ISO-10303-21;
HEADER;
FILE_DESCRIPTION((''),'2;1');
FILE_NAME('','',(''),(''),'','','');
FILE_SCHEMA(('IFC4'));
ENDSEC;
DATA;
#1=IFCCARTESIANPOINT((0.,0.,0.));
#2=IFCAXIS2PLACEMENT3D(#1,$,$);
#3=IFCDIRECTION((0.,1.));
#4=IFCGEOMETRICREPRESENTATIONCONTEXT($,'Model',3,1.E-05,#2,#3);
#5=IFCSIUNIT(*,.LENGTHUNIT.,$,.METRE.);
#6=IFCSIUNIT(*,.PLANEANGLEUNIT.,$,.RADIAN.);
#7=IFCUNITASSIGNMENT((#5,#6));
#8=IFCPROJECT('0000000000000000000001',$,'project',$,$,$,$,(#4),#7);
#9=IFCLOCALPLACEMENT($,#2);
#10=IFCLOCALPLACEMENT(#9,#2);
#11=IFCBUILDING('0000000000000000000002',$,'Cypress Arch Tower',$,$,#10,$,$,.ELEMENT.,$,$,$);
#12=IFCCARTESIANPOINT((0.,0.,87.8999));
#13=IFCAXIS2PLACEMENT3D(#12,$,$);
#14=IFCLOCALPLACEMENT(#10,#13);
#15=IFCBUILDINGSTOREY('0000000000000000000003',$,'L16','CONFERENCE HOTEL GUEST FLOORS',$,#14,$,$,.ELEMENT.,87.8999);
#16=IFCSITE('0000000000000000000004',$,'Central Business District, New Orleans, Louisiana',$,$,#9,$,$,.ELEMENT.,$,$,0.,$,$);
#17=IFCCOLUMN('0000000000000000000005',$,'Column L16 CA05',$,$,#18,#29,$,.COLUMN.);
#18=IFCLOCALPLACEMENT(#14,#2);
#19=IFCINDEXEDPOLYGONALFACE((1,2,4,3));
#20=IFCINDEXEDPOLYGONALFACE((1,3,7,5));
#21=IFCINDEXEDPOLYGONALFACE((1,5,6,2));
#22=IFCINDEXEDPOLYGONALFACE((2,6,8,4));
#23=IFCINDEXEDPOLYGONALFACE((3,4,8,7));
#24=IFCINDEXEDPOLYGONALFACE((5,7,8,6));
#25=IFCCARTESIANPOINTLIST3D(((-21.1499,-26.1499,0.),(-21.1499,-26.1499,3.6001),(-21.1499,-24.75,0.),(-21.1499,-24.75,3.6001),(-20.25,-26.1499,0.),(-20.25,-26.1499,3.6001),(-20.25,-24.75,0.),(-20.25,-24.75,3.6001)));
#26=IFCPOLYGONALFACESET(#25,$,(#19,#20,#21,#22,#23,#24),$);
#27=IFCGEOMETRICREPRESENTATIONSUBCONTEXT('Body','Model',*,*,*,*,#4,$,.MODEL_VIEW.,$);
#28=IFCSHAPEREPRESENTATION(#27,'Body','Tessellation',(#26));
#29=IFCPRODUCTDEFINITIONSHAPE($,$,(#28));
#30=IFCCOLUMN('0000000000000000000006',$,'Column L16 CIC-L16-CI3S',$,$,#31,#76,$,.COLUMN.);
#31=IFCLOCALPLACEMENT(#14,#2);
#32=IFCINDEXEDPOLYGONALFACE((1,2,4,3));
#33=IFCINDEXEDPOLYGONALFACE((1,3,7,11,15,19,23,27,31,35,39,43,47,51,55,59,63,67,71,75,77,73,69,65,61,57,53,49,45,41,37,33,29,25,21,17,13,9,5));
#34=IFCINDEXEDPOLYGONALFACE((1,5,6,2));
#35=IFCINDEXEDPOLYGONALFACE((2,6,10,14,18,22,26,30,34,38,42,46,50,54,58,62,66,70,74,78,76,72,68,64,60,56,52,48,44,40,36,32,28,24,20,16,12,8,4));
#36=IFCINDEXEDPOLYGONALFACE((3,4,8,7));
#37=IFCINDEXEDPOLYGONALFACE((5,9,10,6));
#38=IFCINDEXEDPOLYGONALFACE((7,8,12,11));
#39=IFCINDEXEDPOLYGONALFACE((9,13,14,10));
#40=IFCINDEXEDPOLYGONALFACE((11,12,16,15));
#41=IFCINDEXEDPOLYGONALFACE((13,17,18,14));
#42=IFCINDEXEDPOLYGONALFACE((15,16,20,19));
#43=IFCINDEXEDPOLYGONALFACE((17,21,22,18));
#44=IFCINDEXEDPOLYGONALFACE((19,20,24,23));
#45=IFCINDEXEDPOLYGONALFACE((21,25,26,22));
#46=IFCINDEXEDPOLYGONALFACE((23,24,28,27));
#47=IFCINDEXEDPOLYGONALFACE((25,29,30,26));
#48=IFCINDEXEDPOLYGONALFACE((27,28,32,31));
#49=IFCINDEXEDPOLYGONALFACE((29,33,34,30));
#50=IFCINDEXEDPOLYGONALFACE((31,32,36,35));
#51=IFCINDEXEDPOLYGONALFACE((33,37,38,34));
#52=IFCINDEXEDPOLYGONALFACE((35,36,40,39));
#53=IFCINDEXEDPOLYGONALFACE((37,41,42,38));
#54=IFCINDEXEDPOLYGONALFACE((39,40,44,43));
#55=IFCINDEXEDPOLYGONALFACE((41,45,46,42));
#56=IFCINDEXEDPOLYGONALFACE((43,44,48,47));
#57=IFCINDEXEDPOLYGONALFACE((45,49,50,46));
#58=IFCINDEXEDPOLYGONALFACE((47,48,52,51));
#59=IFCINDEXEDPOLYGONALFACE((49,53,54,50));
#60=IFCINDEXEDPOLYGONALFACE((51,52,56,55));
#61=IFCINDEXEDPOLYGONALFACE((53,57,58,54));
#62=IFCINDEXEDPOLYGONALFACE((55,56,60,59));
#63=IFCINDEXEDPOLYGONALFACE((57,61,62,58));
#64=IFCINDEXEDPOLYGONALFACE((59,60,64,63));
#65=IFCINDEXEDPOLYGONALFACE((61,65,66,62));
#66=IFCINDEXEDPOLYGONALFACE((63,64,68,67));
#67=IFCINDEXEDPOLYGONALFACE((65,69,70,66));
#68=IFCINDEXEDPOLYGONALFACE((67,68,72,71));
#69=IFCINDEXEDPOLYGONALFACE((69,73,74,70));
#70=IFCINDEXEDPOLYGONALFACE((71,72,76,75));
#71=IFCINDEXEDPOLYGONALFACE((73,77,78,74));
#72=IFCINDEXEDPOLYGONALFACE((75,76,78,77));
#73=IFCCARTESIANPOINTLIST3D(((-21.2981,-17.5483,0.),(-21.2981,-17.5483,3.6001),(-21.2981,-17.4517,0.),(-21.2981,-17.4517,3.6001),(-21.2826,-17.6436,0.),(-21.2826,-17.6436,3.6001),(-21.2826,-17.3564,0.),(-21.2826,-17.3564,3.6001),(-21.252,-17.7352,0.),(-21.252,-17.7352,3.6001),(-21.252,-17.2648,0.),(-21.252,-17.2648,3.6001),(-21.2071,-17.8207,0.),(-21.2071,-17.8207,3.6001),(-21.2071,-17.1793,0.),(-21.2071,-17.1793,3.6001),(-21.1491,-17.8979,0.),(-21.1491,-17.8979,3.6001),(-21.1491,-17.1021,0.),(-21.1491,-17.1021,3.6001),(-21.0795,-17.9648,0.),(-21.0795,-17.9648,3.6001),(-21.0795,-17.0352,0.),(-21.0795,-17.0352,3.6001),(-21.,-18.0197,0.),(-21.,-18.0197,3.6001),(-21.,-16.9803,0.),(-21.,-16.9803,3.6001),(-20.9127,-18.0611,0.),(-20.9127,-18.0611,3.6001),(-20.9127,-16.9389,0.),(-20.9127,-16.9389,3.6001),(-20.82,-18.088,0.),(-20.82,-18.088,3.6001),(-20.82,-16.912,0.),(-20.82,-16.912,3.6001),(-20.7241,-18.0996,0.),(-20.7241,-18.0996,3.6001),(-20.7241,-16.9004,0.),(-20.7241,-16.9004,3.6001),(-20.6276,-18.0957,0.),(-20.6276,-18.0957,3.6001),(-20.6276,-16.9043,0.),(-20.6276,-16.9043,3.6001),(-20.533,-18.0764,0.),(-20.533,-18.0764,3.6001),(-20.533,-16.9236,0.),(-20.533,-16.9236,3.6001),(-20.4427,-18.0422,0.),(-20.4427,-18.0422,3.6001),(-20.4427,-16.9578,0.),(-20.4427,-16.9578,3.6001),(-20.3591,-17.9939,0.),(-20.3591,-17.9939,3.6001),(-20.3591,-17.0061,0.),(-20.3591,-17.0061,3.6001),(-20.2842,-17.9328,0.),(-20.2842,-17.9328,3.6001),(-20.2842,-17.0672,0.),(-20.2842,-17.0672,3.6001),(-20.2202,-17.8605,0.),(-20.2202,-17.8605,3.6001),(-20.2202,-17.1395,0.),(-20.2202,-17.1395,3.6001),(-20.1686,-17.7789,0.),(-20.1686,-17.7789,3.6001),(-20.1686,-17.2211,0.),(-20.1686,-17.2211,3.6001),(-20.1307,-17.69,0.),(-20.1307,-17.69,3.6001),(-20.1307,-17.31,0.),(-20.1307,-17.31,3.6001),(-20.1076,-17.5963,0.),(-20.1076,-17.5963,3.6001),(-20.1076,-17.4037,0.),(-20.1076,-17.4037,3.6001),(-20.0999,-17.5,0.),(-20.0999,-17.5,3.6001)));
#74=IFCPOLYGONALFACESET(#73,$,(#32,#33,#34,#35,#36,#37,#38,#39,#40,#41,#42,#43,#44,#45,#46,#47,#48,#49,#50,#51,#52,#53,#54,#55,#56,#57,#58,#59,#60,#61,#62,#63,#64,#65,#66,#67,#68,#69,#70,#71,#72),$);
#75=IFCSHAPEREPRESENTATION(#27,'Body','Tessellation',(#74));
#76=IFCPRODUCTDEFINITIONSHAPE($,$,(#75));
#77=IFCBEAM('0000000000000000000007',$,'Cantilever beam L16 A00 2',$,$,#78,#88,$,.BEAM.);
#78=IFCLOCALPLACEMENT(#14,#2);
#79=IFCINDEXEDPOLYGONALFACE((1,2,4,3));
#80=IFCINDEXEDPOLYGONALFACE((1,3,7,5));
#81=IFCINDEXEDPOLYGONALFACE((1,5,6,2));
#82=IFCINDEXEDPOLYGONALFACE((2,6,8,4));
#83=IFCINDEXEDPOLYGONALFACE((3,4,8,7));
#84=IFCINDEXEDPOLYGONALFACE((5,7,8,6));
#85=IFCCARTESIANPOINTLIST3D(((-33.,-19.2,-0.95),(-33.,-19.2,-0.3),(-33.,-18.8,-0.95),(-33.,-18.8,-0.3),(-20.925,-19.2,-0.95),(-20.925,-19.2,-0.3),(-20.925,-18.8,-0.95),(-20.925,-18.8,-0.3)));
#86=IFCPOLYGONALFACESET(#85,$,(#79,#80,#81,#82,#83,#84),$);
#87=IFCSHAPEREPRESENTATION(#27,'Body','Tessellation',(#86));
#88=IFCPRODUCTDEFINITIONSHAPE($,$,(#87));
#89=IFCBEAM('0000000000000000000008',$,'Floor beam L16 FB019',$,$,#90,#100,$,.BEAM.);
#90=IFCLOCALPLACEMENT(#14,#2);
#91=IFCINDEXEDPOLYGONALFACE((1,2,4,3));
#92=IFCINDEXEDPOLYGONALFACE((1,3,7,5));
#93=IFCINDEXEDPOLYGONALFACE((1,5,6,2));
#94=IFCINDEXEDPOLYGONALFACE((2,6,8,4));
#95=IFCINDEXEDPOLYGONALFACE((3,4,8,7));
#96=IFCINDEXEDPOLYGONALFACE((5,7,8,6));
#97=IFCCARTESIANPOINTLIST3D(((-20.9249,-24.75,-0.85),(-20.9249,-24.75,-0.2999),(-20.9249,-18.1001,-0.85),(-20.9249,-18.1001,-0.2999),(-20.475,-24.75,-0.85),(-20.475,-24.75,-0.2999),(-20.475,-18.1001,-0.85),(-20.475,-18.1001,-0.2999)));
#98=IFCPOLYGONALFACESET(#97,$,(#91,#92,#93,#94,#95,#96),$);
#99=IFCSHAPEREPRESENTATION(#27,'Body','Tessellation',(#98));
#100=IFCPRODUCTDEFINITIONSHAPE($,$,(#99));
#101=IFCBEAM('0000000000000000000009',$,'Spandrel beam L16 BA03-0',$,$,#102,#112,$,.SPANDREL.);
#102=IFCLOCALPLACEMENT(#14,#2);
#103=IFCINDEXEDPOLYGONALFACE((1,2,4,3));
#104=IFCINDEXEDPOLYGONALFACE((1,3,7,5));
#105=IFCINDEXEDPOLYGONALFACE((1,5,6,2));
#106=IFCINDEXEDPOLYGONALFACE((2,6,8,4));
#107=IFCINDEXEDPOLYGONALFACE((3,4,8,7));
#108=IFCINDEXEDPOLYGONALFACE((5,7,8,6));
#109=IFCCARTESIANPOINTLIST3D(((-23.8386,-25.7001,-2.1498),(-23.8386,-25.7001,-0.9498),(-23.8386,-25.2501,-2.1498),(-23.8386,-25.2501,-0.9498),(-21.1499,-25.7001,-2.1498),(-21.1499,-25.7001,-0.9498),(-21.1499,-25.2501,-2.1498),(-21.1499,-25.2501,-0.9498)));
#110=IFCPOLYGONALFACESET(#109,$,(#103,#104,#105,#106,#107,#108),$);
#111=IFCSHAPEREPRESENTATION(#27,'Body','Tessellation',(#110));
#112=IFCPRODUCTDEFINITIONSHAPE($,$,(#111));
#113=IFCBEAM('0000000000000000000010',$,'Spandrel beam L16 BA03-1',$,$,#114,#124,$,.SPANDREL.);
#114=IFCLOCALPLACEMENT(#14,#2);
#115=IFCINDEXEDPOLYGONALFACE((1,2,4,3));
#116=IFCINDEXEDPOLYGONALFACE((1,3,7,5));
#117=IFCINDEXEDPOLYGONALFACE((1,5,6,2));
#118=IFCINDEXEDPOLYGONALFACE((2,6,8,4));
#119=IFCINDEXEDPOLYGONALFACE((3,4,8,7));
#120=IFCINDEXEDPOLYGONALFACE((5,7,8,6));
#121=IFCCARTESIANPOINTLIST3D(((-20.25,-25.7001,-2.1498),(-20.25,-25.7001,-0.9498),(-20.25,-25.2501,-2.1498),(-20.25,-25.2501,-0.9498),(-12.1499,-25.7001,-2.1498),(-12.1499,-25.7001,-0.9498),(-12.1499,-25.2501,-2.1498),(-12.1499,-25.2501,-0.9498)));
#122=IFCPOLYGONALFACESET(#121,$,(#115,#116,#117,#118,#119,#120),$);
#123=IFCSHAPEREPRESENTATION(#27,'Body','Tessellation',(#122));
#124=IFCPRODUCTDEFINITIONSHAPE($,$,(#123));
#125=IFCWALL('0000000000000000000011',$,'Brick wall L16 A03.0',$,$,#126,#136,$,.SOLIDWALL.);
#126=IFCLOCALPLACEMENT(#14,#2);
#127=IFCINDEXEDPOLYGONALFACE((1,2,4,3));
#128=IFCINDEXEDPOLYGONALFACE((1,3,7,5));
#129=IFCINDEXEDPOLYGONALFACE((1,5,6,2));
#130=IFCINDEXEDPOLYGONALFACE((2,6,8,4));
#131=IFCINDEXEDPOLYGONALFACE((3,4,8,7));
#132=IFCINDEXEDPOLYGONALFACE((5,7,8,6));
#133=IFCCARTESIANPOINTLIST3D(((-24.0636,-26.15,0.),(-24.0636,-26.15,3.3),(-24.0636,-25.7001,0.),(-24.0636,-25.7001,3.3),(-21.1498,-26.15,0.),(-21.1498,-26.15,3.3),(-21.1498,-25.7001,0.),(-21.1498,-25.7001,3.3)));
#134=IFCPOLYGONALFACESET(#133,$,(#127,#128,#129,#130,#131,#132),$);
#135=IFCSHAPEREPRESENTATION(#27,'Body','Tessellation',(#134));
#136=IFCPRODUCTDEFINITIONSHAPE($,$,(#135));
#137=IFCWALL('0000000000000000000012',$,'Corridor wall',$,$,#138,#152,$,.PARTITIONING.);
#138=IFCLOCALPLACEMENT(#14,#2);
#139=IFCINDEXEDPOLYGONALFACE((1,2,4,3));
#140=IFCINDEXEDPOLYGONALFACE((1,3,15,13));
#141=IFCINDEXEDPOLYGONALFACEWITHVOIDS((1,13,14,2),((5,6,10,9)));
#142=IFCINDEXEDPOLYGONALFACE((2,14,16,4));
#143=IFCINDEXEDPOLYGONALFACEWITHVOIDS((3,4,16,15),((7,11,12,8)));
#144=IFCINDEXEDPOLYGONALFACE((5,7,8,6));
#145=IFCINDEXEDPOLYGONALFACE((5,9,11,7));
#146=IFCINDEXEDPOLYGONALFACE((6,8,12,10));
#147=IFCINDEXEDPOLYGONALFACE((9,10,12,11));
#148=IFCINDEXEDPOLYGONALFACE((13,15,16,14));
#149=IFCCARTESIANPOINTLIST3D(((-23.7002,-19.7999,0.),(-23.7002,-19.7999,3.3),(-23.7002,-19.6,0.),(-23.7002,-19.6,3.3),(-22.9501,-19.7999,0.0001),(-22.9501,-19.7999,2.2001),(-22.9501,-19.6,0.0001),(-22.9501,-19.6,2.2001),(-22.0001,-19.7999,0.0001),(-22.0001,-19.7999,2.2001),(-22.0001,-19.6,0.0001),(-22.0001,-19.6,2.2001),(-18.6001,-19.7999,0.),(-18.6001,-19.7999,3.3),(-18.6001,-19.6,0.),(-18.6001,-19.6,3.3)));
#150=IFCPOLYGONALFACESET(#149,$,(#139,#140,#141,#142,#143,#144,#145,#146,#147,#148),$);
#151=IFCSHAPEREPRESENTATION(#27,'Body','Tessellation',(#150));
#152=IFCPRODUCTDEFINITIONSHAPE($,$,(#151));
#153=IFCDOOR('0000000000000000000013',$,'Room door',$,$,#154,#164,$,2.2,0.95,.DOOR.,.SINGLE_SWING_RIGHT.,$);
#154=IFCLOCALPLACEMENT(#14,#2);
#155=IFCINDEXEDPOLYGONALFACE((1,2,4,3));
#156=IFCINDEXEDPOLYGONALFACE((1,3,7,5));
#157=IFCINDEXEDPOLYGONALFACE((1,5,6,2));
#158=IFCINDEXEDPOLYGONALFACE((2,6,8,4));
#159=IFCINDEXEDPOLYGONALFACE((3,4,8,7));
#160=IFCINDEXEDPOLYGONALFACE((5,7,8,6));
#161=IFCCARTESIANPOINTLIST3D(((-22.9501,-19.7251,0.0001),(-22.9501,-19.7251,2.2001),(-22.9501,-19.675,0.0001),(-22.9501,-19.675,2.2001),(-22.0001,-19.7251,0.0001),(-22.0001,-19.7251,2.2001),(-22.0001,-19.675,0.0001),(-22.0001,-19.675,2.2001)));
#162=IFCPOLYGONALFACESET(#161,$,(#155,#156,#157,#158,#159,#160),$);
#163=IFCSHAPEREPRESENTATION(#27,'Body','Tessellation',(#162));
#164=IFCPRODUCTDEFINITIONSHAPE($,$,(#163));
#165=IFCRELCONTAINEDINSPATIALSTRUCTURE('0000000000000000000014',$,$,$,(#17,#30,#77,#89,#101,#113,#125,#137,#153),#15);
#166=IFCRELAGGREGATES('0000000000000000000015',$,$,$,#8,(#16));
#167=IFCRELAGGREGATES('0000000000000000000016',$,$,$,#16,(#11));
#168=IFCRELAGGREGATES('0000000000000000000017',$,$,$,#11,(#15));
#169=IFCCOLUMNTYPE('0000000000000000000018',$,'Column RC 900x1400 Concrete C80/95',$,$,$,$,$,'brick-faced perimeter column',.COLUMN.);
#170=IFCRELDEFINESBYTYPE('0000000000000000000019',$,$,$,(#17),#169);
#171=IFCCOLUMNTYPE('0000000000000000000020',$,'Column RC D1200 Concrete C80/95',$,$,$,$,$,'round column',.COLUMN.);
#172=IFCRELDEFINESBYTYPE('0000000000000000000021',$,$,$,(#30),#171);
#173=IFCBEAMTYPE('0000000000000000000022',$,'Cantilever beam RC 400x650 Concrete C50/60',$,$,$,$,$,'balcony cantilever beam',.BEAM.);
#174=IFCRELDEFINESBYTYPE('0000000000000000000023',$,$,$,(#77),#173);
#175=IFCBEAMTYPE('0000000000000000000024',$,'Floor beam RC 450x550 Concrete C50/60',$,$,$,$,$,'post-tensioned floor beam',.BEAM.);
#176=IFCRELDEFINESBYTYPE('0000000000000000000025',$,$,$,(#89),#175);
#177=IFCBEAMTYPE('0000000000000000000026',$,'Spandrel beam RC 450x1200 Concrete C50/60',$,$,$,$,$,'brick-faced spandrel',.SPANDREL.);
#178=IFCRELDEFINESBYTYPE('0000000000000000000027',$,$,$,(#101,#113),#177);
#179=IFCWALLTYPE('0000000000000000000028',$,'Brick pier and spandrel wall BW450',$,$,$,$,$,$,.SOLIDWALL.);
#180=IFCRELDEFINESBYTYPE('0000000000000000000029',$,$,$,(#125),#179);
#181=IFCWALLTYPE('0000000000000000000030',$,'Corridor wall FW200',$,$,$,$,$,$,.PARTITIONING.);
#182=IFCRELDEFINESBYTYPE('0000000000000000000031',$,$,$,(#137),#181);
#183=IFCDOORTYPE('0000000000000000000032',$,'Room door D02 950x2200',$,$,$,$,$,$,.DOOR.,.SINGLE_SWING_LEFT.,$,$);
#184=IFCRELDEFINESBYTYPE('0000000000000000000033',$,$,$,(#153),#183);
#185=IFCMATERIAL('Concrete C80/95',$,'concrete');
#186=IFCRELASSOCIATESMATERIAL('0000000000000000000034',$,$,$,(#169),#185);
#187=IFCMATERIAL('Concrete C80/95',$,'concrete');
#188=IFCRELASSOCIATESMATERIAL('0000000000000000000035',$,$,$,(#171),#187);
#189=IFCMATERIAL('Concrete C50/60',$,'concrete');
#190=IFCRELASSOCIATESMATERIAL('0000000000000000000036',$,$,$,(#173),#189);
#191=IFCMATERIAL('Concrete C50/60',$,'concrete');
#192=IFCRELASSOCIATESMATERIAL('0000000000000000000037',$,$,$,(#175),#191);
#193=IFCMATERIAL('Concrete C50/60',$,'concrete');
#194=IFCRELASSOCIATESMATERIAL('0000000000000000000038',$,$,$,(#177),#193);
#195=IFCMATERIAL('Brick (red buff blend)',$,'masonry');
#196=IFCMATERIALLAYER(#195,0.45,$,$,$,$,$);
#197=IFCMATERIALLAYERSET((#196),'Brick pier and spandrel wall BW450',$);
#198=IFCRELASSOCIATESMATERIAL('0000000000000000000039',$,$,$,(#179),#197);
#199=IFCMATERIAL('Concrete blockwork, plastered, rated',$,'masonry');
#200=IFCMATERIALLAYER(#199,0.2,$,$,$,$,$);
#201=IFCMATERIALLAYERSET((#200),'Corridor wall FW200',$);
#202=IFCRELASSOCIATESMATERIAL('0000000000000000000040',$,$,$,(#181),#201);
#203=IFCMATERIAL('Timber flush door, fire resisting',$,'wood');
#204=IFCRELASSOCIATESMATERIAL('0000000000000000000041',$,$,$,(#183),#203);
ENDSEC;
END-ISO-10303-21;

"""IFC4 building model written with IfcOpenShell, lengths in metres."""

from ifc_helpers import new_model, si_unit, direction, frame, frame_2d, origin, origin_2d, place, context, subcontext, project, spatial, rectangle, circle, extrude, material, layer, layer_set, material_profile, profile_set, type_object, element, fill, save


model = new_model("IFC4")

# Units and contexts
model_context = context("Model", 3, precision=1e-05, world=origin(), true_north=direction((0.0, 1.0)))
body_context = subcontext(model_context, "Body", "Model", "MODEL_VIEW")
ifc_project = project(units=[si_unit("LENGTHUNIT", "METRE"), si_unit("PLANEANGLEUNIT", "RADIAN")], contexts=[model_context])

# Site, building, storey
site_placement = place(None, origin())
site = spatial("IfcSite", under=ifc_project, at=site_placement, Name="Central Business District, New Orleans, Louisiana", CompositionType="ELEMENT", RefElevation=0.0)
building_placement = place(site_placement, origin())
building = spatial("IfcBuilding", under=site, at=building_placement, Name="Cypress Arch Tower", CompositionType="ELEMENT")
storey_placement = place(building_placement, frame((0.0, 0.0, 87.8999)))
storey = spatial("IfcBuildingStorey", under=building, at=storey_placement, Name="L16", Description="CONFERENCE HOTEL GUEST FLOORS", CompositionType="ELEMENT", Elevation=87.8999)

# Columns
ifc_material_1 = material(Name="Concrete C80/95", Category="concrete")
ifc_material_profile_1 = material_profile(ifc_material_1, rectangle(XDim=0.8999, YDim=1.3999, at=origin_2d()), Name="RC 900x1400")
ifc_profile_set_1 = profile_set([ifc_material_profile_1], Name="Concrete C80/95")
column_type_1 = type_object("IfcColumnType", Name="Column RC 900x1400 Concrete C80/95", ElementType="brick-faced perimeter column", PredefinedType="COLUMN", material=ifc_profile_set_1)
column_1_placement = place(storey_placement, frame((-20.7, -25.45, 0.0), z_axis=(0.0, 0.0, 1.0), x_axis=(1.0, 0.0, 0.0)))
element("IfcColumn", 1, at=column_1_placement, inside=storey, type_object=column_type_1, Name="Column L16 CA05", PredefinedType="COLUMN", context=body_context, shape_type="SweptSolid", body=[
    extrude(rectangle(XDim=0.8999, YDim=1.3999, at=origin_2d()), origin(), (0.0, 0.0, 1.0), 3.6001),
])
ifc_material_2 = material(Name="Concrete C80/95", Category="concrete")
ifc_material_profile_2 = material_profile(ifc_material_2, circle(Radius=0.6001, at=origin_2d()), Name="RC D1200")
ifc_profile_set_2 = profile_set([ifc_material_profile_2], Name="Concrete C80/95")
column_type_2 = type_object("IfcColumnType", Name="Column RC D1200 Concrete C80/95", ElementType="round column", PredefinedType="COLUMN", material=ifc_profile_set_2)
column_2_placement = place(storey_placement, frame((-20.7, -17.5, 0.0), z_axis=(0.0, 0.0, 1.0), x_axis=(1.0, 0.0, 0.0)))
element("IfcColumn", 2, at=column_2_placement, inside=storey, type_object=column_type_2, Name="Column L16 CIC-L16-CI3S", PredefinedType="COLUMN", context=body_context, shape_type="SweptSolid", body=[
    extrude(circle(Radius=0.6001, at=origin_2d()), origin(), (0.0, 0.0, 1.0), 3.6001),
])

# Beams
ifc_material_3 = material(Name="Concrete C50/60", Category="concrete")
ifc_material_profile_3 = material_profile(ifc_material_3, rectangle(XDim=0.3999, YDim=0.6499, at=origin_2d()), Name="RC 400x650")
ifc_profile_set_3 = profile_set([ifc_material_profile_3], Name="Concrete C50/60")
beam_type_1 = type_object("IfcBeamType", Name="Cantilever beam RC 400x650 Concrete C50/60", ElementType="balcony cantilever beam", PredefinedType="BEAM", material=ifc_profile_set_3)
beam_1_placement = place(storey_placement, frame((-20.925, -19.0, -0.625), z_axis=(-1.0, 0.0, 0.0), x_axis=(0.0, -1.0, 0.0)))
element("IfcBeam", 3, at=beam_1_placement, inside=storey, type_object=beam_type_1, Name="Cantilever beam L16 A00 2", PredefinedType="BEAM", context=body_context, shape_type="SweptSolid", body=[
    extrude(rectangle(XDim=0.3999, YDim=0.6499, at=origin_2d()), origin(), (0.0, 0.0, 1.0), 12.075),
])
ifc_material_4 = material(Name="Concrete C50/60", Category="concrete")
ifc_material_profile_4 = material_profile(ifc_material_4, rectangle(XDim=0.45, YDim=0.55, at=origin_2d()), Name="RC 450x550")
ifc_profile_set_4 = profile_set([ifc_material_profile_4], Name="Concrete C50/60")
beam_type_2 = type_object("IfcBeamType", Name="Floor beam RC 450x550 Concrete C50/60", ElementType="post-tensioned floor beam", PredefinedType="BEAM", material=ifc_profile_set_4)
beam_2_placement = place(storey_placement, frame((-20.7, -24.75, -0.575), z_axis=(0.0, 1.0, 0.0), x_axis=(-1.0, 0.0, 0.0)))
element("IfcBeam", 4, at=beam_2_placement, inside=storey, type_object=beam_type_2, Name="Floor beam L16 FB019", PredefinedType="BEAM", context=body_context, shape_type="SweptSolid", body=[
    extrude(rectangle(XDim=0.45, YDim=0.55, at=origin_2d()), origin(), (0.0, 0.0, 1.0), 6.6499),
])
ifc_material_5 = material(Name="Concrete C50/60", Category="concrete")
ifc_material_profile_5 = material_profile(ifc_material_5, rectangle(XDim=0.45, YDim=1.2, at=origin_2d()), Name="RC 450x1200")
ifc_profile_set_5 = profile_set([ifc_material_profile_5], Name="Concrete C50/60")
beam_type_3 = type_object("IfcBeamType", Name="Spandrel beam RC 450x1200 Concrete C50/60", ElementType="brick-faced spandrel", PredefinedType="SPANDREL", material=ifc_profile_set_5)
beam_3_placement = place(storey_placement, frame((-23.8386, -25.4751, -1.5498), z_axis=(1.0, 0.0, 0.0), x_axis=(0.0, 1.0, 0.0)))
element("IfcBeam", 5, at=beam_3_placement, inside=storey, type_object=beam_type_3, Name="Spandrel beam L16 BA03-0", PredefinedType="SPANDREL", context=body_context, shape_type="SweptSolid", body=[
    extrude(rectangle(XDim=0.45, YDim=1.2, at=origin_2d()), origin(), (0.0, 0.0, 1.0), 2.6887),
])
beam_4_placement = place(storey_placement, frame((-20.25, -25.4751, -1.5498), z_axis=(1.0, 0.0, 0.0), x_axis=(0.0, 1.0, 0.0)))
element("IfcBeam", 6, at=beam_4_placement, inside=storey, type_object=beam_type_3, Name="Spandrel beam L16 BA03-1", PredefinedType="SPANDREL", context=body_context, shape_type="SweptSolid", body=[
    extrude(rectangle(XDim=0.45, YDim=1.2, at=origin_2d()), origin(), (0.0, 0.0, 1.0), 8.1001),
])

# Wall
ifc_material_6 = material(Name="Brick (red buff blend)", Category="masonry")
ifc_layer_1 = layer(ifc_material_6, 0.45)
ifc_layer_set_1 = layer_set([ifc_layer_1], Name="Brick pier and spandrel wall BW450")
wall_type_1 = type_object("IfcWallType", Name="Brick pier and spandrel wall BW450", PredefinedType="SOLIDWALL", material=ifc_layer_set_1)
wall_1_placement = place(storey_placement, frame((-24.0637, -25.925, 0.0), z_axis=(0.0, 0.0, 1.0), x_axis=(1.0, 0.0, 0.0)))
element("IfcWall", 7, at=wall_1_placement, inside=storey, type_object=wall_type_1, Name="Brick wall L16 A03.0", PredefinedType="SOLIDWALL", context=body_context, shape_type="SweptSolid", body=[
    extrude(rectangle(XDim=2.9138, YDim=0.45, at=frame_2d((1.457, 0.0))), origin(), (0.0, 0.0, 1.0), 3.3),
])

# Wall, opening, door
ifc_material_7 = material(Name="Concrete blockwork, plastered, rated", Category="masonry")
ifc_layer_2 = layer(ifc_material_7, 0.2)
ifc_layer_set_2 = layer_set([ifc_layer_2], Name="Corridor wall FW200")
wall_type_2 = type_object("IfcWallType", Name="Corridor wall FW200", PredefinedType="PARTITIONING", material=ifc_layer_set_2)
wall_2_placement = place(storey_placement, frame((-23.7002, -19.7, 0.0), z_axis=(0.0, 0.0, 1.0), x_axis=(1.0, 0.0, 0.0)))
wall_2 = element("IfcWall", 8, at=wall_2_placement, inside=storey, type_object=wall_type_2, Name="Corridor wall", PredefinedType="PARTITIONING", context=body_context, shape_type="SweptSolid", body=[
    extrude(rectangle(XDim=5.1001, YDim=0.2, at=frame_2d((2.55, 0.0))), origin(), (0.0, 0.0, 1.0), 3.3),
])
opening_1_placement = place(wall_2_placement, frame((0.75, 0.0, 0.0)))
opening_1 = element("IfcOpeningElement", 9, at=opening_1_placement, cuts=wall_2, PredefinedType="OPENING", context=body_context, shape_type="SweptSolid", body=[
    extrude(rectangle(XDim=0.95, YDim=2.2, at=frame_2d((0.4751, 1.1001))), frame((0.0, 0.1099, 0.0), z_axis=(0.0, -1.0, 0.0), x_axis=(1.0, 0.0, 0.0)), (0.0, 0.0, 1.0), 0.22),
])
ifc_material_8 = material(Name="Timber flush door, fire resisting", Category="wood")
door_type_1 = type_object("IfcDoorType", Name="Room door D02 950x2200", OperationType="SINGLE_SWING_LEFT", PredefinedType="DOOR", material=ifc_material_8)
door_1_placement = place(opening_1_placement, origin())
door_1 = element("IfcDoor", 10, at=door_1_placement, inside=storey, type_object=door_type_1, Name="Room door", OperationType="SINGLE_SWING_RIGHT", OverallHeight=2.2, OverallWidth=0.95, PredefinedType="DOOR", context=body_context, shape_type="SweptSolid", body=[
    extrude(rectangle(XDim=0.95, YDim=2.2, at=frame_2d((0.4751, 1.1001))), frame((0.0, 0.0249, 0.0), z_axis=(0.0, -1.0, 0.0), x_axis=(1.0, 0.0, 0.0)), (0.0, 0.0, 1.0), 0.05),
])
fill(opening_1, door_1)

save(model, "model.ifc")
